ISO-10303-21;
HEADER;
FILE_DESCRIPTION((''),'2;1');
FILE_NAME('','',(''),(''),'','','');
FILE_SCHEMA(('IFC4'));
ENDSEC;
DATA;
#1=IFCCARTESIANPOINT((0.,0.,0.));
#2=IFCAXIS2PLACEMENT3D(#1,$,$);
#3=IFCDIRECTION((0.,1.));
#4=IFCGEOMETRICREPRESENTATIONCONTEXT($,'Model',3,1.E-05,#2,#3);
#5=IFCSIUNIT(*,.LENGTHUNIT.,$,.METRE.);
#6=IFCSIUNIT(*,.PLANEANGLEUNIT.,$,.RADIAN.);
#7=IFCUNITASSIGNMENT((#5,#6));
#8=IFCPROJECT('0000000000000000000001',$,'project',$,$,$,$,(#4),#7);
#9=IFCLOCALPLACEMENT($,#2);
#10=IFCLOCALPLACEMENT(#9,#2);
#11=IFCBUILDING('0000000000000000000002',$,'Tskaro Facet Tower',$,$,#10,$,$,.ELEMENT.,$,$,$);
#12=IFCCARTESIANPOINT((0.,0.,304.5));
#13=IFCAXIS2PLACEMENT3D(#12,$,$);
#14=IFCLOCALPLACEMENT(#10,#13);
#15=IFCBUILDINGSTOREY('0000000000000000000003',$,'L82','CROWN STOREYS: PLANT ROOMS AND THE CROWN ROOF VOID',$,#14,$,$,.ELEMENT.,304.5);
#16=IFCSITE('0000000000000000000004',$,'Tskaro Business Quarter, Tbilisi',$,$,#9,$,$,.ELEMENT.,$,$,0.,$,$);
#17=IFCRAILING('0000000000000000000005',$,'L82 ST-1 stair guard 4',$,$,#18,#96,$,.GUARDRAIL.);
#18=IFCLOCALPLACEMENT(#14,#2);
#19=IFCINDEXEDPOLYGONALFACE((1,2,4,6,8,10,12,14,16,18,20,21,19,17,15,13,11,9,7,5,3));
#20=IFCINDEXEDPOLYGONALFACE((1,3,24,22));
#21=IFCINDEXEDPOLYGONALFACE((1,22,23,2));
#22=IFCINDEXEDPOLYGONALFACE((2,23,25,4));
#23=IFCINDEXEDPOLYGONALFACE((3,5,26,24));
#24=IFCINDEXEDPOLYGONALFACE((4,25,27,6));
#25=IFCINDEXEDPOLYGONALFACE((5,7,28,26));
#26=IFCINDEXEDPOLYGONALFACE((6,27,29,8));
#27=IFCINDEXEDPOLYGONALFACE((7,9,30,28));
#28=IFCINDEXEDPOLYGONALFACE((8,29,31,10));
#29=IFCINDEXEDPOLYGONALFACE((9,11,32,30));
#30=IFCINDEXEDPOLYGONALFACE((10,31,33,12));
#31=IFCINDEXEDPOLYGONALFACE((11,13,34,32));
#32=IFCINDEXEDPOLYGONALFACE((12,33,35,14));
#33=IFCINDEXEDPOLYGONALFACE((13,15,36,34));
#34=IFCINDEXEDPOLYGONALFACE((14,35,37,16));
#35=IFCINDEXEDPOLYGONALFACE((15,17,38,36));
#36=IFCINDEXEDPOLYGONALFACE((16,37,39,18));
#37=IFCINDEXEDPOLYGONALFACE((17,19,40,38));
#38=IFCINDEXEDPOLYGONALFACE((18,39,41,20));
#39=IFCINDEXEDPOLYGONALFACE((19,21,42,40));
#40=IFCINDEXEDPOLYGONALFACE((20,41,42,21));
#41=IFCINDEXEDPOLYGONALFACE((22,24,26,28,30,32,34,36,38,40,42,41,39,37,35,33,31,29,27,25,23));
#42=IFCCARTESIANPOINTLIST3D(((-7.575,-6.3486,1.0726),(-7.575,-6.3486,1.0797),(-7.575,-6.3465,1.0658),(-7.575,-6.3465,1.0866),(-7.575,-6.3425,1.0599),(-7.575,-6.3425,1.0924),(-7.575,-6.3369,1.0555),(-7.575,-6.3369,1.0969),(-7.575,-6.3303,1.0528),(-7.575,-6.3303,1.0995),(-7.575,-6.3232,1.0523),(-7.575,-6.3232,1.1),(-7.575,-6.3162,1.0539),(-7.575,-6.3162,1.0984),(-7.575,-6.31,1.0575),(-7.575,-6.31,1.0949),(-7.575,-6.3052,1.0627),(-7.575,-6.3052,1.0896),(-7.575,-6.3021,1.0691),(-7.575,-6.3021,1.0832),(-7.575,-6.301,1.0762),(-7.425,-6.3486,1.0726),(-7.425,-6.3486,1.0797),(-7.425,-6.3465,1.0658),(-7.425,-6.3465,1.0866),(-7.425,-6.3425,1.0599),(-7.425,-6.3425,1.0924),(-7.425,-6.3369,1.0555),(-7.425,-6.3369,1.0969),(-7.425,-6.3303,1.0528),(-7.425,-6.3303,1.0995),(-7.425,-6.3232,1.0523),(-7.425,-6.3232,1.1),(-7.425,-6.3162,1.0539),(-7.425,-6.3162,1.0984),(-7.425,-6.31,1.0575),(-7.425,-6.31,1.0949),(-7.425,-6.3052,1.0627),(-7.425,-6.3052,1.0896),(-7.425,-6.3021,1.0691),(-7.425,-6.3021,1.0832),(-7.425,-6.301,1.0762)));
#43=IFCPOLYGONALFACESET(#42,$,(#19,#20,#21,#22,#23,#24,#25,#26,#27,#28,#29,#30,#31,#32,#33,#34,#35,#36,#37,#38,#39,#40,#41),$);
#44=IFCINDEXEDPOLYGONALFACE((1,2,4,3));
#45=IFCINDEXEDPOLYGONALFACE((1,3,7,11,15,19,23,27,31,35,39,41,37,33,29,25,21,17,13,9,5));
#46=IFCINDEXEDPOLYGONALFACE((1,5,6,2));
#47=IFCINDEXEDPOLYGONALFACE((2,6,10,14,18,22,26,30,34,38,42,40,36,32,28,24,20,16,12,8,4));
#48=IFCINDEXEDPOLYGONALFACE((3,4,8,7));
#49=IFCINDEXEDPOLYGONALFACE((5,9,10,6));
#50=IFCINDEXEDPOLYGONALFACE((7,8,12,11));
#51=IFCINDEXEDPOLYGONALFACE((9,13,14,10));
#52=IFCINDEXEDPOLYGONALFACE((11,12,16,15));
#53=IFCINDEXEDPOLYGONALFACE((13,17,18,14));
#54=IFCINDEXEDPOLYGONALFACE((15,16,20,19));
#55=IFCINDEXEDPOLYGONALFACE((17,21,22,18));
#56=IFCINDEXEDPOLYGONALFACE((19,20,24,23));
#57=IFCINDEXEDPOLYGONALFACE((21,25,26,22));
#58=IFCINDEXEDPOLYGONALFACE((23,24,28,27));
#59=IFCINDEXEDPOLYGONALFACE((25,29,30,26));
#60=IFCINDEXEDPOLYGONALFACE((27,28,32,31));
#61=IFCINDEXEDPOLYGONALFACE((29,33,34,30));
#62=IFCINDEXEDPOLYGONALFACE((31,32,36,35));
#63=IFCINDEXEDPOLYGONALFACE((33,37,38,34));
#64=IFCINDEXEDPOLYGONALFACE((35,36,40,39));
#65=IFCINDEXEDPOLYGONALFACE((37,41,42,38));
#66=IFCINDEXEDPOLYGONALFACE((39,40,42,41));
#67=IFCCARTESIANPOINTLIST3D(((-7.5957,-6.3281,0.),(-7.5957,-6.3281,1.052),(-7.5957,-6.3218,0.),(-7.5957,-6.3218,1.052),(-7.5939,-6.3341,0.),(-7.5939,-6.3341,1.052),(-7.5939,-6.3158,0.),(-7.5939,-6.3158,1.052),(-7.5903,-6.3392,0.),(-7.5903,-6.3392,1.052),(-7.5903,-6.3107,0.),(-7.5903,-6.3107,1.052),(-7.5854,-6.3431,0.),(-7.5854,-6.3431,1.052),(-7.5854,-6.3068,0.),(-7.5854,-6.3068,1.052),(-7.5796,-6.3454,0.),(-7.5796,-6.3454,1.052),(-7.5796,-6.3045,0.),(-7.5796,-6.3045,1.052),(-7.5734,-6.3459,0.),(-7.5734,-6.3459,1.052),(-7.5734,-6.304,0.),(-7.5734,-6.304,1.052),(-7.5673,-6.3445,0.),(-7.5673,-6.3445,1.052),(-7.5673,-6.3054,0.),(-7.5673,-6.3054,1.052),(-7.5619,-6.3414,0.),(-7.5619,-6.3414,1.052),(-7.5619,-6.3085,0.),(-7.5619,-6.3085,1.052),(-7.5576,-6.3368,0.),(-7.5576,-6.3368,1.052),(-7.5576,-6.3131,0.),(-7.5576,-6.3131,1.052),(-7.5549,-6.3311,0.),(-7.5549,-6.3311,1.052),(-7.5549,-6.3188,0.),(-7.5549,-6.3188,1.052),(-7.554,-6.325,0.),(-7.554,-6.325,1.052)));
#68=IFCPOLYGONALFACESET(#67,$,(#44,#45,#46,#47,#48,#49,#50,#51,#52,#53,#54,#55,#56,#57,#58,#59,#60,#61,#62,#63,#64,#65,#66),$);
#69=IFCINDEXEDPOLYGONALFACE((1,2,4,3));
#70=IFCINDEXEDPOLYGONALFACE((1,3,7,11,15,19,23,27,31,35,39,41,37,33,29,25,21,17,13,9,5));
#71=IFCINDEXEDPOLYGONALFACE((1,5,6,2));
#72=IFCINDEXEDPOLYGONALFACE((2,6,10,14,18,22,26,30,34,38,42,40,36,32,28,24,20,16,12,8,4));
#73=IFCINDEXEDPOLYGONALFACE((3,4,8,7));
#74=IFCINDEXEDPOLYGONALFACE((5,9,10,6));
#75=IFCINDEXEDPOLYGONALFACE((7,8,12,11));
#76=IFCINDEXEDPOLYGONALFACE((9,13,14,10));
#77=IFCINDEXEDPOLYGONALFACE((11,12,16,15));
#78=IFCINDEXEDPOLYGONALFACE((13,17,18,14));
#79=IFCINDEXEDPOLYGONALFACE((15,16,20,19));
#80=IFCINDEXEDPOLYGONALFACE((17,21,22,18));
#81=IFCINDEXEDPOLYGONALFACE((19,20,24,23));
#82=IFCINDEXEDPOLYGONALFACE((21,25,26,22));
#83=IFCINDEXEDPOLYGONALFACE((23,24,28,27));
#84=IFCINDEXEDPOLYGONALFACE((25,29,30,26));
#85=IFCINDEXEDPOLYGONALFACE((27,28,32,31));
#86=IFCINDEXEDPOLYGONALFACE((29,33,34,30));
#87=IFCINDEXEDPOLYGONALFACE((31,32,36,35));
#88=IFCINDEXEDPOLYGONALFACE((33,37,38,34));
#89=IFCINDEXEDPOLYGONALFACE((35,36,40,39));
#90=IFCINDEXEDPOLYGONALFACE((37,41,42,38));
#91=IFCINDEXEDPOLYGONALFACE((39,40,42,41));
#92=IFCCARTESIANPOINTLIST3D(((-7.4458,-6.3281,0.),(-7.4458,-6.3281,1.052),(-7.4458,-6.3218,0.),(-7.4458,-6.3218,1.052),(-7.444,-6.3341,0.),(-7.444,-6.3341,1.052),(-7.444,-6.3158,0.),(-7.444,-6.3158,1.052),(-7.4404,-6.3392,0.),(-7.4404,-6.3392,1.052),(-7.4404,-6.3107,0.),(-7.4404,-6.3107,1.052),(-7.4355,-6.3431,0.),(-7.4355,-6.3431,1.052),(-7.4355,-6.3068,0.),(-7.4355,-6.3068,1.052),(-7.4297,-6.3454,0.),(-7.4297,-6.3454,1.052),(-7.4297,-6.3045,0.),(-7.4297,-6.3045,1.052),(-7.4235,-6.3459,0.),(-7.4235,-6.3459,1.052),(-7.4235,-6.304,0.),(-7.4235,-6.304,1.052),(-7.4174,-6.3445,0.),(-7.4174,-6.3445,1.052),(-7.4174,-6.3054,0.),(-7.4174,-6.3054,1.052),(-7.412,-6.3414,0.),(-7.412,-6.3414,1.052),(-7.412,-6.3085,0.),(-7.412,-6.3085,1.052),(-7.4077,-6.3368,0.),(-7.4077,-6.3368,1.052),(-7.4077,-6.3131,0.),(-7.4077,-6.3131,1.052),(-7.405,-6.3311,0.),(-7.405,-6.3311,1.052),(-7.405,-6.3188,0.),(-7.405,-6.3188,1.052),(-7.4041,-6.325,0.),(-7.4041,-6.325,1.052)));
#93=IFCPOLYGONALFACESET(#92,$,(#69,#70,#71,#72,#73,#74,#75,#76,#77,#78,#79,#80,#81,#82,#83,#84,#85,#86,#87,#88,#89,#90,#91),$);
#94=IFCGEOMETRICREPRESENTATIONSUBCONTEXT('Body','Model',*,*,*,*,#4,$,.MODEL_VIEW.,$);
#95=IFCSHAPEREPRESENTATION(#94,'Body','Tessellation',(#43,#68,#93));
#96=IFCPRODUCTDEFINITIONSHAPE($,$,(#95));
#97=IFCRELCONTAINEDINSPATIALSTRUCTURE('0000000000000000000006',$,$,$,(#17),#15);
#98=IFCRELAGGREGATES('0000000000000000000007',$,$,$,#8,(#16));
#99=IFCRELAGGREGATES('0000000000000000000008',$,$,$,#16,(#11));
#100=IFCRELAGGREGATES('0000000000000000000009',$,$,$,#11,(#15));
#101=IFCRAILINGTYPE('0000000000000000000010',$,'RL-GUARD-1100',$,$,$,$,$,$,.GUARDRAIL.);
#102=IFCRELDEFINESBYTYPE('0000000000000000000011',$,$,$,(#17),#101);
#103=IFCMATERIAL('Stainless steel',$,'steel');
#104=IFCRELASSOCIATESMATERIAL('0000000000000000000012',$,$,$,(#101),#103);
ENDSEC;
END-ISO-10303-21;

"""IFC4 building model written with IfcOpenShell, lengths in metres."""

from ifc_helpers import new_model, si_unit, direction, frame, origin, origin_2d, place, context, subcontext, project, spatial, circle, extrude, material, type_object, element, save


model = new_model("IFC4")

# Units and contexts
model_context = context("Model", 3, precision=1e-05, world=origin(), true_north=direction((0.0, 1.0)))
body_context = subcontext(model_context, "Body", "Model", "MODEL_VIEW")
ifc_project = project(units=[si_unit("LENGTHUNIT", "METRE"), si_unit("PLANEANGLEUNIT", "RADIAN")], contexts=[model_context])

# Site, building, storey
site_placement = place(None, origin())
site = spatial("IfcSite", under=ifc_project, at=site_placement, Name="Tskaro Business Quarter, Tbilisi", CompositionType="ELEMENT", RefElevation=0.0)
building_placement = place(site_placement, origin())
building = spatial("IfcBuilding", under=site, at=building_placement, Name="Tskaro Facet Tower", CompositionType="ELEMENT")
storey_placement = place(building_placement, frame((0.0, 0.0, 304.5)))
storey = spatial("IfcBuildingStorey", under=building, at=storey_placement, Name="L82", Description="CROWN STOREYS: PLANT ROOMS AND THE CROWN ROOF VOID", CompositionType="ELEMENT", Elevation=304.5)

# Shared definitions
ifc_material_1 = material(Name="Stainless steel", Category="steel")

# Railing
railing_type_1 = type_object("IfcRailingType", Name="RL-GUARD-1100", PredefinedType="GUARDRAIL", material=ifc_material_1)
railing_1_placement = place(storey_placement, frame((-7.575, -6.325, 0.0)))
element("IfcRailing", 1, at=railing_1_placement, inside=storey, type_object=railing_type_1, Name="L82 ST-1 stair guard 4", PredefinedType="GUARDRAIL", context=body_context, shape_type="SweptSolid", body=[
    extrude(circle(Radius=0.0239, at=origin_2d()), frame((0.0, 0.0, 1.0762), z_axis=(1.0, 0.0, 0.0), x_axis=(0.0, 1.0, 0.0)), (0.0, 0.0, 1.0), 0.1499),
    extrude(circle(Radius=0.021, at=origin_2d()), origin(), (0.0, 0.0, 1.0), 1.052),
    extrude(circle(Radius=0.021, at=origin_2d()), frame((0.1499, 0.0, 0.0)), (0.0, 0.0, 1.0), 1.052),
])

save(model, "model.ifc")
